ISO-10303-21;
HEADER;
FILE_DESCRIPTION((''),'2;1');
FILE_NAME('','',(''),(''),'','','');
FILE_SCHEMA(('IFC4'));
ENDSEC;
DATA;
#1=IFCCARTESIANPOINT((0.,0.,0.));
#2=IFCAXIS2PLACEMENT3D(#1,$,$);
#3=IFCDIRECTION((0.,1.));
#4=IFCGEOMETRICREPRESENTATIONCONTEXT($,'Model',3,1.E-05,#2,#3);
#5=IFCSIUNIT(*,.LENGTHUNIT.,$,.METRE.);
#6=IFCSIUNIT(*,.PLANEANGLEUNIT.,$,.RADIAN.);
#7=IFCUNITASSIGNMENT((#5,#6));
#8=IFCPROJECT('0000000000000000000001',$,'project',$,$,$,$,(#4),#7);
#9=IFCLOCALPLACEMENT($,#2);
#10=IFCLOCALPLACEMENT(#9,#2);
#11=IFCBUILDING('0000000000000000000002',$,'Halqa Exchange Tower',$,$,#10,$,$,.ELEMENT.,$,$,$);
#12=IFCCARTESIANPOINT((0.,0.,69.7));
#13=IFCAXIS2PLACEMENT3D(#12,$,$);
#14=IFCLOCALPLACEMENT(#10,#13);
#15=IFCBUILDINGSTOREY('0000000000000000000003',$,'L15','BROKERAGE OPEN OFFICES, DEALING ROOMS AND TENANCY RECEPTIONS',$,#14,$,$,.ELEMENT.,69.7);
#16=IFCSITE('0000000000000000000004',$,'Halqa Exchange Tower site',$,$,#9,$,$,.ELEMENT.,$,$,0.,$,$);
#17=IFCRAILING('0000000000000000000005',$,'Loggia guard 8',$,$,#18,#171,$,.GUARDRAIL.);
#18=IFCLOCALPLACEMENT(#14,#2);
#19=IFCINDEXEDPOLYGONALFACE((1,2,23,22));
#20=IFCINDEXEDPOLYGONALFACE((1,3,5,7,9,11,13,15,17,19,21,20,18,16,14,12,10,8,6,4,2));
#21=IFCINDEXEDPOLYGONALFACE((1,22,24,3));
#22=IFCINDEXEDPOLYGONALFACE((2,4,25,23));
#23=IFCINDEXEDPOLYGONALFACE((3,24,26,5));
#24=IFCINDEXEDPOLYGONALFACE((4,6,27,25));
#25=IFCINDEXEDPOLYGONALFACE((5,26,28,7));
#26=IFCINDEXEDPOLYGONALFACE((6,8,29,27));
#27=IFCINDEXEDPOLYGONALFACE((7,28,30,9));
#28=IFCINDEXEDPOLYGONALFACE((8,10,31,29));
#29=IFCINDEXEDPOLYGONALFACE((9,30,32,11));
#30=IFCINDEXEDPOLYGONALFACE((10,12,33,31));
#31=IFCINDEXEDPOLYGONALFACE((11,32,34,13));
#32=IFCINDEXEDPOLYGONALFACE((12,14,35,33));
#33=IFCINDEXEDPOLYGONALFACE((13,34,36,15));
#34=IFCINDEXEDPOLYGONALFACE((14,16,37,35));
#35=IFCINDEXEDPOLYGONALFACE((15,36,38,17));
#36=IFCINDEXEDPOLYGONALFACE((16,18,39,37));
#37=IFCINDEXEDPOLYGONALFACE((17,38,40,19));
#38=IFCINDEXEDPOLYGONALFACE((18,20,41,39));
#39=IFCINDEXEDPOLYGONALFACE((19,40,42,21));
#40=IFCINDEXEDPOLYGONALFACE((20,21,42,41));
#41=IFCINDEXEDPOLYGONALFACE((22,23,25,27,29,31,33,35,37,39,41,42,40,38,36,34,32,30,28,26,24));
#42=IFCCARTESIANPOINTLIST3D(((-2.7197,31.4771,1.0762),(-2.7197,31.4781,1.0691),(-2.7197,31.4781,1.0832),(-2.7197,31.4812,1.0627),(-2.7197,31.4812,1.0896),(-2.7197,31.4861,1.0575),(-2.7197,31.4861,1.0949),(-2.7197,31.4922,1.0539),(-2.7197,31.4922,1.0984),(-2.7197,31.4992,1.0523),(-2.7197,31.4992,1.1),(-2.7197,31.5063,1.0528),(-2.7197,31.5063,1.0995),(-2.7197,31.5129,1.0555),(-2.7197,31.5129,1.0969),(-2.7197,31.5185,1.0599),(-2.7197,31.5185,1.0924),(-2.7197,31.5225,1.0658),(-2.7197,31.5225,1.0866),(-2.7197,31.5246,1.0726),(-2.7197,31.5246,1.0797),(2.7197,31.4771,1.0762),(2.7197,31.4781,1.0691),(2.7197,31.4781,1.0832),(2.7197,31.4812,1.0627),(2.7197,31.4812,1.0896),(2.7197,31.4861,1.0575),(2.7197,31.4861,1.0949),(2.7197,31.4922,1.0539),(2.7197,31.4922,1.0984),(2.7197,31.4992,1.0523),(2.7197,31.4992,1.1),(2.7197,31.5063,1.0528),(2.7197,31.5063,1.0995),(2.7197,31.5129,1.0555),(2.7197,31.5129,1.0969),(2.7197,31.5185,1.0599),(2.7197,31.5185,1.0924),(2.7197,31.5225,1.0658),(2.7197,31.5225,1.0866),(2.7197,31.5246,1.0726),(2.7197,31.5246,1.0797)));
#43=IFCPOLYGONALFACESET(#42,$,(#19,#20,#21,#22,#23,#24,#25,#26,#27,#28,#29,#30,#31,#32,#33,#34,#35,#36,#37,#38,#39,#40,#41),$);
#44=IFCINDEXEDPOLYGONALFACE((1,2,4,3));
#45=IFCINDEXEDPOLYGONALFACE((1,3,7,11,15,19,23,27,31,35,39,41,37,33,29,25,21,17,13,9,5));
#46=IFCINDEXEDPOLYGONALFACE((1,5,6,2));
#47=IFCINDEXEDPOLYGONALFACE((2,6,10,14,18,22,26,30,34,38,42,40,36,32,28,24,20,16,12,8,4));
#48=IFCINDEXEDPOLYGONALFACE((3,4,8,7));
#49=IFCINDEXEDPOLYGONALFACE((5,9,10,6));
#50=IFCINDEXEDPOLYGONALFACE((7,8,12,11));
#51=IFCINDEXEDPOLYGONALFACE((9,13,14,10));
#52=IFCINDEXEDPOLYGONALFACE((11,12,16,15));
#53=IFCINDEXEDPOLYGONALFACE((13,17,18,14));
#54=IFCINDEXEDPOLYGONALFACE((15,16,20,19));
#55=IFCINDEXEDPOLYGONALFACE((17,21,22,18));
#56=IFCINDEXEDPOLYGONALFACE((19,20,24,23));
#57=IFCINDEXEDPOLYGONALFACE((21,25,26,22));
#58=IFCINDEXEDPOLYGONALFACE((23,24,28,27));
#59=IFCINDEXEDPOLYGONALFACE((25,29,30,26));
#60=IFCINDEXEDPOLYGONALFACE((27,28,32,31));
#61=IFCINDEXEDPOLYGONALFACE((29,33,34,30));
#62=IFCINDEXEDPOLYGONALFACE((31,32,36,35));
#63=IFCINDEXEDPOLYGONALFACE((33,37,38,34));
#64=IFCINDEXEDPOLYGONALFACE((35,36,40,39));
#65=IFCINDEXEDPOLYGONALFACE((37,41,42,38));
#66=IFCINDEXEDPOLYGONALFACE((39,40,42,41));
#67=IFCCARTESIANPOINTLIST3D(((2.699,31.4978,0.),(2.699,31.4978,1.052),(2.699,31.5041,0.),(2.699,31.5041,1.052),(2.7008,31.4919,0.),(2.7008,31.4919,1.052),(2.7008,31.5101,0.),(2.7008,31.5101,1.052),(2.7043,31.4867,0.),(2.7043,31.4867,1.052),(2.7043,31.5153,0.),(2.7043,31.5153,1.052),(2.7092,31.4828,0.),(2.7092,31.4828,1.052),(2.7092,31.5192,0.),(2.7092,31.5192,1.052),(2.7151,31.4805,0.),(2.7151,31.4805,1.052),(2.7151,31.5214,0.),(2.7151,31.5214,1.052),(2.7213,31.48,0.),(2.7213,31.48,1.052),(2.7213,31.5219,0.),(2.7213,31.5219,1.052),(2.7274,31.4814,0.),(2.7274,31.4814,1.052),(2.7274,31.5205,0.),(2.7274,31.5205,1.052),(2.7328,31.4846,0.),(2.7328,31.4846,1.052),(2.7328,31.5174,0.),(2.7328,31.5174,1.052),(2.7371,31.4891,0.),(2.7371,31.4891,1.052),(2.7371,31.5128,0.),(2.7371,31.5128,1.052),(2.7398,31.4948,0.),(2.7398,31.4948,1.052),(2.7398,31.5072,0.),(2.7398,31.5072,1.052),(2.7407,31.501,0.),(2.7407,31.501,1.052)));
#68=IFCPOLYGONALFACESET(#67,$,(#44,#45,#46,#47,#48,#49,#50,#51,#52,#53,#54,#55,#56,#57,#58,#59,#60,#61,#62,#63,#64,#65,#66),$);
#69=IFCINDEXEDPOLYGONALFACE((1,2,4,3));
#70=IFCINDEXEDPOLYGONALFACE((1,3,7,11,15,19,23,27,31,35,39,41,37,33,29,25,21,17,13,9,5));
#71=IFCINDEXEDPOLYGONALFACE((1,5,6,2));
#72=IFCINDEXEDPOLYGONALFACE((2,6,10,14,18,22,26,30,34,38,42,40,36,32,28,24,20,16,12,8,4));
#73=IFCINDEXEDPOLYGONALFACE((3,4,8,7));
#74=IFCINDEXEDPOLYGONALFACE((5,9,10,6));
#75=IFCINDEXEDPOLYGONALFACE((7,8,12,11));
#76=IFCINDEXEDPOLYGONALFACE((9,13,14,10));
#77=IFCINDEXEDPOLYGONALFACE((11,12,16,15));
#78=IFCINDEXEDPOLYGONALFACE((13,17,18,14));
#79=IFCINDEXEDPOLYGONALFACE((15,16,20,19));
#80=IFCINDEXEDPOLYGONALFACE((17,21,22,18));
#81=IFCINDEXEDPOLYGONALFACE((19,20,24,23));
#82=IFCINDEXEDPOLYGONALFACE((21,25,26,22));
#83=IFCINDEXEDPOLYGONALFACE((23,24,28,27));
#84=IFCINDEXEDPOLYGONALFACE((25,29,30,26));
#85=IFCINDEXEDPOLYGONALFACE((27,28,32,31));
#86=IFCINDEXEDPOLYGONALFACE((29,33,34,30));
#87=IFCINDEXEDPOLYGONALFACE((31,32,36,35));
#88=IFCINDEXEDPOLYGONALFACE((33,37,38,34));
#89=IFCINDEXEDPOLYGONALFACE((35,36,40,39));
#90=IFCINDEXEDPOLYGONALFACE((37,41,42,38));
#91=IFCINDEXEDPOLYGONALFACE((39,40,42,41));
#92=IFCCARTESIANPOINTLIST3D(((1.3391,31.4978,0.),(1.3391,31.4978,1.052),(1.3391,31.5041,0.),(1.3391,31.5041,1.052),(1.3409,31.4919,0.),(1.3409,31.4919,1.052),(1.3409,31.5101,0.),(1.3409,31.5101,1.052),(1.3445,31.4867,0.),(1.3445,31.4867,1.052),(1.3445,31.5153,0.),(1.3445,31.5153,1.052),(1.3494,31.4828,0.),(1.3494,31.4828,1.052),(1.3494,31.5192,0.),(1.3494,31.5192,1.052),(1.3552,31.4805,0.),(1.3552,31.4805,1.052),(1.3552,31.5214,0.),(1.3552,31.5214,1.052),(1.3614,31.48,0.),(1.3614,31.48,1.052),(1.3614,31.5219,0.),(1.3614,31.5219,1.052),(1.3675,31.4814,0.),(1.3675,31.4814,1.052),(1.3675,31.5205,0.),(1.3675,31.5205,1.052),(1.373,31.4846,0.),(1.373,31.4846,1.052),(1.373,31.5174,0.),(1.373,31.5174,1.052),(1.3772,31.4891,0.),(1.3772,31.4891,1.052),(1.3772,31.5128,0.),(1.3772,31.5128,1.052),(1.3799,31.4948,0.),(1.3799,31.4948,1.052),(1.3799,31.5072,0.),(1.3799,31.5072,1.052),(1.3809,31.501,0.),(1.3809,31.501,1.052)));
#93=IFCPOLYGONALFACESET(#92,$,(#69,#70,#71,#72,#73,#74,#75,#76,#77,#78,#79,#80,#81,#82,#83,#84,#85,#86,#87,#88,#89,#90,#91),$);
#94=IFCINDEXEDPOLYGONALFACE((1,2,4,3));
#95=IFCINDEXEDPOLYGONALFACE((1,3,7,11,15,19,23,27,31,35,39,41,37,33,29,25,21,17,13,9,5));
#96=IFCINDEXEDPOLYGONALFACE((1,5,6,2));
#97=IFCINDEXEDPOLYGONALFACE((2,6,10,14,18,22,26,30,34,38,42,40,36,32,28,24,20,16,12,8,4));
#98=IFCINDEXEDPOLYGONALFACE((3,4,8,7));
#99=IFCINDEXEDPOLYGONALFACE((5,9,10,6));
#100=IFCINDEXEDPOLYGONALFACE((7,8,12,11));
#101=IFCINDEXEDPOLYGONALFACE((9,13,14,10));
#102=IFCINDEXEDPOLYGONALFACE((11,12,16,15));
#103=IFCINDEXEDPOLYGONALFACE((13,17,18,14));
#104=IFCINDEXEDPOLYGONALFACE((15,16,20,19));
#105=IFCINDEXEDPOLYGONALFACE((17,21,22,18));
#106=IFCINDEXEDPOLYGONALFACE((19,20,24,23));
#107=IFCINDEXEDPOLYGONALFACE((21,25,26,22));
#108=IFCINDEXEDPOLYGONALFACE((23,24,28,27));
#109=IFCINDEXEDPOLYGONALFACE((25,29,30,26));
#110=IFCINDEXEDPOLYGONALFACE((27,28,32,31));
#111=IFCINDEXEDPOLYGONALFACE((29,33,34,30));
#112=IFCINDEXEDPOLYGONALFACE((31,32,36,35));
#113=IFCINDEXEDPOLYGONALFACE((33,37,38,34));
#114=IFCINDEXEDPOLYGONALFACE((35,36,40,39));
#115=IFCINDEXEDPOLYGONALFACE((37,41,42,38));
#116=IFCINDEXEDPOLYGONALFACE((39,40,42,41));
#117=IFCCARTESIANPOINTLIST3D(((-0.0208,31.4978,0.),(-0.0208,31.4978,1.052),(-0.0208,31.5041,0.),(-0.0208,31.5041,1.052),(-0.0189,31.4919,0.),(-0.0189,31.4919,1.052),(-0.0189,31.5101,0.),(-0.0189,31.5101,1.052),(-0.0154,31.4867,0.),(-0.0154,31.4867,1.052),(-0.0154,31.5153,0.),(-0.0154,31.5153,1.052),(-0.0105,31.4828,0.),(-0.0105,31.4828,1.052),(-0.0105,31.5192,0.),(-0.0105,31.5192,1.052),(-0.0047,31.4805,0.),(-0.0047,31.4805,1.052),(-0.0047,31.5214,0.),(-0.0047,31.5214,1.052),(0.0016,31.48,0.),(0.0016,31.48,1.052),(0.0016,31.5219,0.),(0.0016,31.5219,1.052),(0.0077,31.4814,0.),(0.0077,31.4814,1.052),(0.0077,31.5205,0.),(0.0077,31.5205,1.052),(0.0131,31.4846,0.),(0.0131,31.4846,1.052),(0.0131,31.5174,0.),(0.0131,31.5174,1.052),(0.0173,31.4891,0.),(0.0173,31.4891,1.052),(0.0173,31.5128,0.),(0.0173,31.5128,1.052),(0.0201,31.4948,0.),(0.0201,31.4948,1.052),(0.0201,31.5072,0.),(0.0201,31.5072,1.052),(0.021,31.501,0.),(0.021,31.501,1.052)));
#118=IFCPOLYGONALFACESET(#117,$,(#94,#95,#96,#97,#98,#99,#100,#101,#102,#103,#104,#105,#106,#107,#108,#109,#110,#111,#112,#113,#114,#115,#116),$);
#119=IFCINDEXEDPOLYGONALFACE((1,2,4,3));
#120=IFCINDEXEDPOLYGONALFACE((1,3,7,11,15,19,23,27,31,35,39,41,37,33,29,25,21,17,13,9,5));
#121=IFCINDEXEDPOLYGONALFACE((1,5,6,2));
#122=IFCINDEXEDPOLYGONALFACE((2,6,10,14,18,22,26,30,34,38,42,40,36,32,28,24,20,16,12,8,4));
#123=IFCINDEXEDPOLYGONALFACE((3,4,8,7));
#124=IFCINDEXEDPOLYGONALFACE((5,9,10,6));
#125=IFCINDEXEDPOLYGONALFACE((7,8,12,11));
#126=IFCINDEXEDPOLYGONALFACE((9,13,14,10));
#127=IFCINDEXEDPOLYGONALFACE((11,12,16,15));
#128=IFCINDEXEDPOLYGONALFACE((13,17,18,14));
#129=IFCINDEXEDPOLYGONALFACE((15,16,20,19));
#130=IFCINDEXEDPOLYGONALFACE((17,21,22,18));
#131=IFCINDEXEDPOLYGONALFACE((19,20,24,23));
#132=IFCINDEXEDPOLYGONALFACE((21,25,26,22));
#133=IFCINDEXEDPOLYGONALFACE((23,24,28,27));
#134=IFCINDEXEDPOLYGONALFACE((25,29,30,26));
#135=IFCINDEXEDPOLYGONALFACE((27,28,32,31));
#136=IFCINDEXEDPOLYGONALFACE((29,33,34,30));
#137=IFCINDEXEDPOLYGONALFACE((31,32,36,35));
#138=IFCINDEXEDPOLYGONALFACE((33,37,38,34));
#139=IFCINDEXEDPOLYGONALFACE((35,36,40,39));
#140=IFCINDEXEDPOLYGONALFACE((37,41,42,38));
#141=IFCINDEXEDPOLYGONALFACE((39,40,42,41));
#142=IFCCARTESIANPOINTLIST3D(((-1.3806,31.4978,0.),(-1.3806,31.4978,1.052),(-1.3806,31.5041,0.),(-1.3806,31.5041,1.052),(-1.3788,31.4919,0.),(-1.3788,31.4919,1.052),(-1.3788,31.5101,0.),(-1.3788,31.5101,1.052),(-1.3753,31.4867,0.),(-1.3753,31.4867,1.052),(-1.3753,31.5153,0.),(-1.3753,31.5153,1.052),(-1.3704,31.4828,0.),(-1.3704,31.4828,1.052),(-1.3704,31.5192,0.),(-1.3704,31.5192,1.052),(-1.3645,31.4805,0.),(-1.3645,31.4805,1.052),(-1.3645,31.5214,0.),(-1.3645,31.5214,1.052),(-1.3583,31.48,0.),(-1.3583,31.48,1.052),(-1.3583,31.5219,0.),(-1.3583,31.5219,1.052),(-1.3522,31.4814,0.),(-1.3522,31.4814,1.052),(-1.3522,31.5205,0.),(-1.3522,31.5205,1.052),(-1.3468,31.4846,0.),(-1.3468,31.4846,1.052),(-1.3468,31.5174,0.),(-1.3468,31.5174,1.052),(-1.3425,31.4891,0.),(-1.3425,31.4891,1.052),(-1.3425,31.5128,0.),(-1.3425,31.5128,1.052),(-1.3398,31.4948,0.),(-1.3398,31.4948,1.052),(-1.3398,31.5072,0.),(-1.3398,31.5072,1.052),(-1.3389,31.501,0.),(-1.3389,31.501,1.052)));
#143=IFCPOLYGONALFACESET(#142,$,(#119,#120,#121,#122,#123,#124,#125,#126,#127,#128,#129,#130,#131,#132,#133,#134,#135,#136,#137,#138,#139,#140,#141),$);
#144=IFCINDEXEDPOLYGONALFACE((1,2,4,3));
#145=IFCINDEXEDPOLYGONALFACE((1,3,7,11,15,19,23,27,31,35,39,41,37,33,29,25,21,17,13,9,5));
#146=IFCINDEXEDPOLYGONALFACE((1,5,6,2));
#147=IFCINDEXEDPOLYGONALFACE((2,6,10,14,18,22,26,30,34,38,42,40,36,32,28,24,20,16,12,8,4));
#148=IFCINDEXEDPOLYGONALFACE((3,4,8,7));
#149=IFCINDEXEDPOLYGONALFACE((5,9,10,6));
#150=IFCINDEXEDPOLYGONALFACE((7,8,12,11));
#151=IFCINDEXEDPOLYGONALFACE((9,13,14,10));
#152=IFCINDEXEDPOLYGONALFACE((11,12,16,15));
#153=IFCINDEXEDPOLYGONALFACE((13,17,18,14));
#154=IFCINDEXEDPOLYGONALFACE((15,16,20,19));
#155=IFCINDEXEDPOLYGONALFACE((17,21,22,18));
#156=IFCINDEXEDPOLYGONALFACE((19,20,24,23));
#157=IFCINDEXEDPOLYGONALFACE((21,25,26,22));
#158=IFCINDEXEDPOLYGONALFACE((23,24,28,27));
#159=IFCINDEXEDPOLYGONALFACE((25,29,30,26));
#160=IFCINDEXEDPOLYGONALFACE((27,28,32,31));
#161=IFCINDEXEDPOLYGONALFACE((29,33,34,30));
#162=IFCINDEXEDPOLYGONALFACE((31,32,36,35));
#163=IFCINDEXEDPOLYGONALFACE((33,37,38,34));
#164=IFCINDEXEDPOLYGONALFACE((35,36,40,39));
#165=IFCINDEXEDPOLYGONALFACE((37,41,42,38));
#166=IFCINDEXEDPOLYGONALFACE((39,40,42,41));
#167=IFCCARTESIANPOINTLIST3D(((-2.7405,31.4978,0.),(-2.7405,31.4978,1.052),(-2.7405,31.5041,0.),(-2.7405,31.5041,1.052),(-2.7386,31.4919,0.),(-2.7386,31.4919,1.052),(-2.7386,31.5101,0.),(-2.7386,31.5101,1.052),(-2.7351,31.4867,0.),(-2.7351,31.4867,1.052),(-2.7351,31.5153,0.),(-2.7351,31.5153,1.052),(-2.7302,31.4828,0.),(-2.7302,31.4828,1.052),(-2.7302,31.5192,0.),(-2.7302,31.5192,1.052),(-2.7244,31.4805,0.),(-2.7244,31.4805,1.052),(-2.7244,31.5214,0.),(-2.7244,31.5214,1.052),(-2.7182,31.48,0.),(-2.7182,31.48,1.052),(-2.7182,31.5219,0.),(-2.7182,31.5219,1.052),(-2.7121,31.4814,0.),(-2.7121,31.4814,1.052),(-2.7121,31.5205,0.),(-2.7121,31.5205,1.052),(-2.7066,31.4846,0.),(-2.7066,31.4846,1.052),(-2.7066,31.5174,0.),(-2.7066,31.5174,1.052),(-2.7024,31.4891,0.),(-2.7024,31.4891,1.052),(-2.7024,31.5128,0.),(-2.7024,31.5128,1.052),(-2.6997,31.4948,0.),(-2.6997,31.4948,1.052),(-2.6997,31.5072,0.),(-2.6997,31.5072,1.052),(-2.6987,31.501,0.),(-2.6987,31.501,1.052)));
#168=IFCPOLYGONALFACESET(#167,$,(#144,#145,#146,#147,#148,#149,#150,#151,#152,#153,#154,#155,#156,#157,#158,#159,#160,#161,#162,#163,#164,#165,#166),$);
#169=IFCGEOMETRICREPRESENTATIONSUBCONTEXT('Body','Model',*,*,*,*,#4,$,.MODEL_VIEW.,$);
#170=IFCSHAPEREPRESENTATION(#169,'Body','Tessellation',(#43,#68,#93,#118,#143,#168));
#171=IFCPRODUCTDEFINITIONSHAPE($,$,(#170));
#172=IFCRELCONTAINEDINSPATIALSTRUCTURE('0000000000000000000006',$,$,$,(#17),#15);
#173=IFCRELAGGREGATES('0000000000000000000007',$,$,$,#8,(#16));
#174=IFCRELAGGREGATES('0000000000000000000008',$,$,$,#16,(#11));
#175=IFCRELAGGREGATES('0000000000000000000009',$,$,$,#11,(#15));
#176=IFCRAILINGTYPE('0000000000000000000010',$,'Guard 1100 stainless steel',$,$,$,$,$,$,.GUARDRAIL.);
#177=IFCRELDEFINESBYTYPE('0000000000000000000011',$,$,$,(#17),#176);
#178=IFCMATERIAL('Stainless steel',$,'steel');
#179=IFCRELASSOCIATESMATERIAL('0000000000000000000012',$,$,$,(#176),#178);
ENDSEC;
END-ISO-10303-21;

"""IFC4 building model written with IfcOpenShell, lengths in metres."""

from ifc_helpers import new_model, si_unit, direction, frame, origin, origin_2d, place, context, subcontext, project, spatial, circle, extrude, material, type_object, element, save


model = new_model("IFC4")

# Units and contexts
model_context = context("Model", 3, precision=1e-05, world=origin(), true_north=direction((0.0, 1.0)))
body_context = subcontext(model_context, "Body", "Model", "MODEL_VIEW")
ifc_project = project(units=[si_unit("LENGTHUNIT", "METRE"), si_unit("PLANEANGLEUNIT", "RADIAN")], contexts=[model_context])

# Site, building, storey
site_placement = place(None, origin())
site = spatial("IfcSite", under=ifc_project, at=site_placement, Name="Halqa Exchange Tower site", CompositionType="ELEMENT", RefElevation=0.0)
building_placement = place(site_placement, origin())
building = spatial("IfcBuilding", under=site, at=building_placement, Name="Halqa Exchange Tower", CompositionType="ELEMENT")
storey_placement = place(building_placement, frame((0.0, 0.0, 69.7)))
storey = spatial("IfcBuildingStorey", under=building, at=storey_placement, Name="L15", Description="BROKERAGE OPEN OFFICES, DEALING ROOMS AND TENANCY RECEPTIONS", CompositionType="ELEMENT", Elevation=69.7)

# Railing
ifc_material_1 = material(Name="Stainless steel", Category="steel")
railing_type_1 = type_object("IfcRailingType", Name="Guard 1100 stainless steel", PredefinedType="GUARDRAIL", material=ifc_material_1)
railing_1_placement = place(storey_placement, frame((2.7197, 31.501, 0.0)))
element("IfcRailing", 1, at=railing_1_placement, inside=storey, type_object=railing_type_1, Name="Loggia guard 8", PredefinedType="GUARDRAIL", context=body_context, shape_type="SweptSolid", body=[
    extrude(circle(Radius=0.0239, at=origin_2d()), frame((0.0, 0.0, 1.0762), z_axis=(-1.0, 0.0, 0.0), x_axis=(0.0, -1.0, 0.0)), (0.0, 0.0, 1.0), 5.4395),
    extrude(circle(Radius=0.021, at=origin_2d()), origin(), (0.0, 0.0, 1.0), 1.052),
    extrude(circle(Radius=0.021, at=origin_2d()), frame((-1.3599, 0.0, 0.0)), (0.0, 0.0, 1.0), 1.052),
    extrude(circle(Radius=0.021, at=origin_2d()), frame((-2.7197, 0.0, 0.0)), (0.0, 0.0, 1.0), 1.052),
    extrude(circle(Radius=0.021, at=origin_2d()), frame((-4.0796, 0.0, 0.0)), (0.0, 0.0, 1.0), 1.052),
    extrude(circle(Radius=0.021, at=origin_2d()), frame((-5.4395, 0.0, 0.0)), (0.0, 0.0, 1.0), 1.052),
])

save(model, "model.ifc")
